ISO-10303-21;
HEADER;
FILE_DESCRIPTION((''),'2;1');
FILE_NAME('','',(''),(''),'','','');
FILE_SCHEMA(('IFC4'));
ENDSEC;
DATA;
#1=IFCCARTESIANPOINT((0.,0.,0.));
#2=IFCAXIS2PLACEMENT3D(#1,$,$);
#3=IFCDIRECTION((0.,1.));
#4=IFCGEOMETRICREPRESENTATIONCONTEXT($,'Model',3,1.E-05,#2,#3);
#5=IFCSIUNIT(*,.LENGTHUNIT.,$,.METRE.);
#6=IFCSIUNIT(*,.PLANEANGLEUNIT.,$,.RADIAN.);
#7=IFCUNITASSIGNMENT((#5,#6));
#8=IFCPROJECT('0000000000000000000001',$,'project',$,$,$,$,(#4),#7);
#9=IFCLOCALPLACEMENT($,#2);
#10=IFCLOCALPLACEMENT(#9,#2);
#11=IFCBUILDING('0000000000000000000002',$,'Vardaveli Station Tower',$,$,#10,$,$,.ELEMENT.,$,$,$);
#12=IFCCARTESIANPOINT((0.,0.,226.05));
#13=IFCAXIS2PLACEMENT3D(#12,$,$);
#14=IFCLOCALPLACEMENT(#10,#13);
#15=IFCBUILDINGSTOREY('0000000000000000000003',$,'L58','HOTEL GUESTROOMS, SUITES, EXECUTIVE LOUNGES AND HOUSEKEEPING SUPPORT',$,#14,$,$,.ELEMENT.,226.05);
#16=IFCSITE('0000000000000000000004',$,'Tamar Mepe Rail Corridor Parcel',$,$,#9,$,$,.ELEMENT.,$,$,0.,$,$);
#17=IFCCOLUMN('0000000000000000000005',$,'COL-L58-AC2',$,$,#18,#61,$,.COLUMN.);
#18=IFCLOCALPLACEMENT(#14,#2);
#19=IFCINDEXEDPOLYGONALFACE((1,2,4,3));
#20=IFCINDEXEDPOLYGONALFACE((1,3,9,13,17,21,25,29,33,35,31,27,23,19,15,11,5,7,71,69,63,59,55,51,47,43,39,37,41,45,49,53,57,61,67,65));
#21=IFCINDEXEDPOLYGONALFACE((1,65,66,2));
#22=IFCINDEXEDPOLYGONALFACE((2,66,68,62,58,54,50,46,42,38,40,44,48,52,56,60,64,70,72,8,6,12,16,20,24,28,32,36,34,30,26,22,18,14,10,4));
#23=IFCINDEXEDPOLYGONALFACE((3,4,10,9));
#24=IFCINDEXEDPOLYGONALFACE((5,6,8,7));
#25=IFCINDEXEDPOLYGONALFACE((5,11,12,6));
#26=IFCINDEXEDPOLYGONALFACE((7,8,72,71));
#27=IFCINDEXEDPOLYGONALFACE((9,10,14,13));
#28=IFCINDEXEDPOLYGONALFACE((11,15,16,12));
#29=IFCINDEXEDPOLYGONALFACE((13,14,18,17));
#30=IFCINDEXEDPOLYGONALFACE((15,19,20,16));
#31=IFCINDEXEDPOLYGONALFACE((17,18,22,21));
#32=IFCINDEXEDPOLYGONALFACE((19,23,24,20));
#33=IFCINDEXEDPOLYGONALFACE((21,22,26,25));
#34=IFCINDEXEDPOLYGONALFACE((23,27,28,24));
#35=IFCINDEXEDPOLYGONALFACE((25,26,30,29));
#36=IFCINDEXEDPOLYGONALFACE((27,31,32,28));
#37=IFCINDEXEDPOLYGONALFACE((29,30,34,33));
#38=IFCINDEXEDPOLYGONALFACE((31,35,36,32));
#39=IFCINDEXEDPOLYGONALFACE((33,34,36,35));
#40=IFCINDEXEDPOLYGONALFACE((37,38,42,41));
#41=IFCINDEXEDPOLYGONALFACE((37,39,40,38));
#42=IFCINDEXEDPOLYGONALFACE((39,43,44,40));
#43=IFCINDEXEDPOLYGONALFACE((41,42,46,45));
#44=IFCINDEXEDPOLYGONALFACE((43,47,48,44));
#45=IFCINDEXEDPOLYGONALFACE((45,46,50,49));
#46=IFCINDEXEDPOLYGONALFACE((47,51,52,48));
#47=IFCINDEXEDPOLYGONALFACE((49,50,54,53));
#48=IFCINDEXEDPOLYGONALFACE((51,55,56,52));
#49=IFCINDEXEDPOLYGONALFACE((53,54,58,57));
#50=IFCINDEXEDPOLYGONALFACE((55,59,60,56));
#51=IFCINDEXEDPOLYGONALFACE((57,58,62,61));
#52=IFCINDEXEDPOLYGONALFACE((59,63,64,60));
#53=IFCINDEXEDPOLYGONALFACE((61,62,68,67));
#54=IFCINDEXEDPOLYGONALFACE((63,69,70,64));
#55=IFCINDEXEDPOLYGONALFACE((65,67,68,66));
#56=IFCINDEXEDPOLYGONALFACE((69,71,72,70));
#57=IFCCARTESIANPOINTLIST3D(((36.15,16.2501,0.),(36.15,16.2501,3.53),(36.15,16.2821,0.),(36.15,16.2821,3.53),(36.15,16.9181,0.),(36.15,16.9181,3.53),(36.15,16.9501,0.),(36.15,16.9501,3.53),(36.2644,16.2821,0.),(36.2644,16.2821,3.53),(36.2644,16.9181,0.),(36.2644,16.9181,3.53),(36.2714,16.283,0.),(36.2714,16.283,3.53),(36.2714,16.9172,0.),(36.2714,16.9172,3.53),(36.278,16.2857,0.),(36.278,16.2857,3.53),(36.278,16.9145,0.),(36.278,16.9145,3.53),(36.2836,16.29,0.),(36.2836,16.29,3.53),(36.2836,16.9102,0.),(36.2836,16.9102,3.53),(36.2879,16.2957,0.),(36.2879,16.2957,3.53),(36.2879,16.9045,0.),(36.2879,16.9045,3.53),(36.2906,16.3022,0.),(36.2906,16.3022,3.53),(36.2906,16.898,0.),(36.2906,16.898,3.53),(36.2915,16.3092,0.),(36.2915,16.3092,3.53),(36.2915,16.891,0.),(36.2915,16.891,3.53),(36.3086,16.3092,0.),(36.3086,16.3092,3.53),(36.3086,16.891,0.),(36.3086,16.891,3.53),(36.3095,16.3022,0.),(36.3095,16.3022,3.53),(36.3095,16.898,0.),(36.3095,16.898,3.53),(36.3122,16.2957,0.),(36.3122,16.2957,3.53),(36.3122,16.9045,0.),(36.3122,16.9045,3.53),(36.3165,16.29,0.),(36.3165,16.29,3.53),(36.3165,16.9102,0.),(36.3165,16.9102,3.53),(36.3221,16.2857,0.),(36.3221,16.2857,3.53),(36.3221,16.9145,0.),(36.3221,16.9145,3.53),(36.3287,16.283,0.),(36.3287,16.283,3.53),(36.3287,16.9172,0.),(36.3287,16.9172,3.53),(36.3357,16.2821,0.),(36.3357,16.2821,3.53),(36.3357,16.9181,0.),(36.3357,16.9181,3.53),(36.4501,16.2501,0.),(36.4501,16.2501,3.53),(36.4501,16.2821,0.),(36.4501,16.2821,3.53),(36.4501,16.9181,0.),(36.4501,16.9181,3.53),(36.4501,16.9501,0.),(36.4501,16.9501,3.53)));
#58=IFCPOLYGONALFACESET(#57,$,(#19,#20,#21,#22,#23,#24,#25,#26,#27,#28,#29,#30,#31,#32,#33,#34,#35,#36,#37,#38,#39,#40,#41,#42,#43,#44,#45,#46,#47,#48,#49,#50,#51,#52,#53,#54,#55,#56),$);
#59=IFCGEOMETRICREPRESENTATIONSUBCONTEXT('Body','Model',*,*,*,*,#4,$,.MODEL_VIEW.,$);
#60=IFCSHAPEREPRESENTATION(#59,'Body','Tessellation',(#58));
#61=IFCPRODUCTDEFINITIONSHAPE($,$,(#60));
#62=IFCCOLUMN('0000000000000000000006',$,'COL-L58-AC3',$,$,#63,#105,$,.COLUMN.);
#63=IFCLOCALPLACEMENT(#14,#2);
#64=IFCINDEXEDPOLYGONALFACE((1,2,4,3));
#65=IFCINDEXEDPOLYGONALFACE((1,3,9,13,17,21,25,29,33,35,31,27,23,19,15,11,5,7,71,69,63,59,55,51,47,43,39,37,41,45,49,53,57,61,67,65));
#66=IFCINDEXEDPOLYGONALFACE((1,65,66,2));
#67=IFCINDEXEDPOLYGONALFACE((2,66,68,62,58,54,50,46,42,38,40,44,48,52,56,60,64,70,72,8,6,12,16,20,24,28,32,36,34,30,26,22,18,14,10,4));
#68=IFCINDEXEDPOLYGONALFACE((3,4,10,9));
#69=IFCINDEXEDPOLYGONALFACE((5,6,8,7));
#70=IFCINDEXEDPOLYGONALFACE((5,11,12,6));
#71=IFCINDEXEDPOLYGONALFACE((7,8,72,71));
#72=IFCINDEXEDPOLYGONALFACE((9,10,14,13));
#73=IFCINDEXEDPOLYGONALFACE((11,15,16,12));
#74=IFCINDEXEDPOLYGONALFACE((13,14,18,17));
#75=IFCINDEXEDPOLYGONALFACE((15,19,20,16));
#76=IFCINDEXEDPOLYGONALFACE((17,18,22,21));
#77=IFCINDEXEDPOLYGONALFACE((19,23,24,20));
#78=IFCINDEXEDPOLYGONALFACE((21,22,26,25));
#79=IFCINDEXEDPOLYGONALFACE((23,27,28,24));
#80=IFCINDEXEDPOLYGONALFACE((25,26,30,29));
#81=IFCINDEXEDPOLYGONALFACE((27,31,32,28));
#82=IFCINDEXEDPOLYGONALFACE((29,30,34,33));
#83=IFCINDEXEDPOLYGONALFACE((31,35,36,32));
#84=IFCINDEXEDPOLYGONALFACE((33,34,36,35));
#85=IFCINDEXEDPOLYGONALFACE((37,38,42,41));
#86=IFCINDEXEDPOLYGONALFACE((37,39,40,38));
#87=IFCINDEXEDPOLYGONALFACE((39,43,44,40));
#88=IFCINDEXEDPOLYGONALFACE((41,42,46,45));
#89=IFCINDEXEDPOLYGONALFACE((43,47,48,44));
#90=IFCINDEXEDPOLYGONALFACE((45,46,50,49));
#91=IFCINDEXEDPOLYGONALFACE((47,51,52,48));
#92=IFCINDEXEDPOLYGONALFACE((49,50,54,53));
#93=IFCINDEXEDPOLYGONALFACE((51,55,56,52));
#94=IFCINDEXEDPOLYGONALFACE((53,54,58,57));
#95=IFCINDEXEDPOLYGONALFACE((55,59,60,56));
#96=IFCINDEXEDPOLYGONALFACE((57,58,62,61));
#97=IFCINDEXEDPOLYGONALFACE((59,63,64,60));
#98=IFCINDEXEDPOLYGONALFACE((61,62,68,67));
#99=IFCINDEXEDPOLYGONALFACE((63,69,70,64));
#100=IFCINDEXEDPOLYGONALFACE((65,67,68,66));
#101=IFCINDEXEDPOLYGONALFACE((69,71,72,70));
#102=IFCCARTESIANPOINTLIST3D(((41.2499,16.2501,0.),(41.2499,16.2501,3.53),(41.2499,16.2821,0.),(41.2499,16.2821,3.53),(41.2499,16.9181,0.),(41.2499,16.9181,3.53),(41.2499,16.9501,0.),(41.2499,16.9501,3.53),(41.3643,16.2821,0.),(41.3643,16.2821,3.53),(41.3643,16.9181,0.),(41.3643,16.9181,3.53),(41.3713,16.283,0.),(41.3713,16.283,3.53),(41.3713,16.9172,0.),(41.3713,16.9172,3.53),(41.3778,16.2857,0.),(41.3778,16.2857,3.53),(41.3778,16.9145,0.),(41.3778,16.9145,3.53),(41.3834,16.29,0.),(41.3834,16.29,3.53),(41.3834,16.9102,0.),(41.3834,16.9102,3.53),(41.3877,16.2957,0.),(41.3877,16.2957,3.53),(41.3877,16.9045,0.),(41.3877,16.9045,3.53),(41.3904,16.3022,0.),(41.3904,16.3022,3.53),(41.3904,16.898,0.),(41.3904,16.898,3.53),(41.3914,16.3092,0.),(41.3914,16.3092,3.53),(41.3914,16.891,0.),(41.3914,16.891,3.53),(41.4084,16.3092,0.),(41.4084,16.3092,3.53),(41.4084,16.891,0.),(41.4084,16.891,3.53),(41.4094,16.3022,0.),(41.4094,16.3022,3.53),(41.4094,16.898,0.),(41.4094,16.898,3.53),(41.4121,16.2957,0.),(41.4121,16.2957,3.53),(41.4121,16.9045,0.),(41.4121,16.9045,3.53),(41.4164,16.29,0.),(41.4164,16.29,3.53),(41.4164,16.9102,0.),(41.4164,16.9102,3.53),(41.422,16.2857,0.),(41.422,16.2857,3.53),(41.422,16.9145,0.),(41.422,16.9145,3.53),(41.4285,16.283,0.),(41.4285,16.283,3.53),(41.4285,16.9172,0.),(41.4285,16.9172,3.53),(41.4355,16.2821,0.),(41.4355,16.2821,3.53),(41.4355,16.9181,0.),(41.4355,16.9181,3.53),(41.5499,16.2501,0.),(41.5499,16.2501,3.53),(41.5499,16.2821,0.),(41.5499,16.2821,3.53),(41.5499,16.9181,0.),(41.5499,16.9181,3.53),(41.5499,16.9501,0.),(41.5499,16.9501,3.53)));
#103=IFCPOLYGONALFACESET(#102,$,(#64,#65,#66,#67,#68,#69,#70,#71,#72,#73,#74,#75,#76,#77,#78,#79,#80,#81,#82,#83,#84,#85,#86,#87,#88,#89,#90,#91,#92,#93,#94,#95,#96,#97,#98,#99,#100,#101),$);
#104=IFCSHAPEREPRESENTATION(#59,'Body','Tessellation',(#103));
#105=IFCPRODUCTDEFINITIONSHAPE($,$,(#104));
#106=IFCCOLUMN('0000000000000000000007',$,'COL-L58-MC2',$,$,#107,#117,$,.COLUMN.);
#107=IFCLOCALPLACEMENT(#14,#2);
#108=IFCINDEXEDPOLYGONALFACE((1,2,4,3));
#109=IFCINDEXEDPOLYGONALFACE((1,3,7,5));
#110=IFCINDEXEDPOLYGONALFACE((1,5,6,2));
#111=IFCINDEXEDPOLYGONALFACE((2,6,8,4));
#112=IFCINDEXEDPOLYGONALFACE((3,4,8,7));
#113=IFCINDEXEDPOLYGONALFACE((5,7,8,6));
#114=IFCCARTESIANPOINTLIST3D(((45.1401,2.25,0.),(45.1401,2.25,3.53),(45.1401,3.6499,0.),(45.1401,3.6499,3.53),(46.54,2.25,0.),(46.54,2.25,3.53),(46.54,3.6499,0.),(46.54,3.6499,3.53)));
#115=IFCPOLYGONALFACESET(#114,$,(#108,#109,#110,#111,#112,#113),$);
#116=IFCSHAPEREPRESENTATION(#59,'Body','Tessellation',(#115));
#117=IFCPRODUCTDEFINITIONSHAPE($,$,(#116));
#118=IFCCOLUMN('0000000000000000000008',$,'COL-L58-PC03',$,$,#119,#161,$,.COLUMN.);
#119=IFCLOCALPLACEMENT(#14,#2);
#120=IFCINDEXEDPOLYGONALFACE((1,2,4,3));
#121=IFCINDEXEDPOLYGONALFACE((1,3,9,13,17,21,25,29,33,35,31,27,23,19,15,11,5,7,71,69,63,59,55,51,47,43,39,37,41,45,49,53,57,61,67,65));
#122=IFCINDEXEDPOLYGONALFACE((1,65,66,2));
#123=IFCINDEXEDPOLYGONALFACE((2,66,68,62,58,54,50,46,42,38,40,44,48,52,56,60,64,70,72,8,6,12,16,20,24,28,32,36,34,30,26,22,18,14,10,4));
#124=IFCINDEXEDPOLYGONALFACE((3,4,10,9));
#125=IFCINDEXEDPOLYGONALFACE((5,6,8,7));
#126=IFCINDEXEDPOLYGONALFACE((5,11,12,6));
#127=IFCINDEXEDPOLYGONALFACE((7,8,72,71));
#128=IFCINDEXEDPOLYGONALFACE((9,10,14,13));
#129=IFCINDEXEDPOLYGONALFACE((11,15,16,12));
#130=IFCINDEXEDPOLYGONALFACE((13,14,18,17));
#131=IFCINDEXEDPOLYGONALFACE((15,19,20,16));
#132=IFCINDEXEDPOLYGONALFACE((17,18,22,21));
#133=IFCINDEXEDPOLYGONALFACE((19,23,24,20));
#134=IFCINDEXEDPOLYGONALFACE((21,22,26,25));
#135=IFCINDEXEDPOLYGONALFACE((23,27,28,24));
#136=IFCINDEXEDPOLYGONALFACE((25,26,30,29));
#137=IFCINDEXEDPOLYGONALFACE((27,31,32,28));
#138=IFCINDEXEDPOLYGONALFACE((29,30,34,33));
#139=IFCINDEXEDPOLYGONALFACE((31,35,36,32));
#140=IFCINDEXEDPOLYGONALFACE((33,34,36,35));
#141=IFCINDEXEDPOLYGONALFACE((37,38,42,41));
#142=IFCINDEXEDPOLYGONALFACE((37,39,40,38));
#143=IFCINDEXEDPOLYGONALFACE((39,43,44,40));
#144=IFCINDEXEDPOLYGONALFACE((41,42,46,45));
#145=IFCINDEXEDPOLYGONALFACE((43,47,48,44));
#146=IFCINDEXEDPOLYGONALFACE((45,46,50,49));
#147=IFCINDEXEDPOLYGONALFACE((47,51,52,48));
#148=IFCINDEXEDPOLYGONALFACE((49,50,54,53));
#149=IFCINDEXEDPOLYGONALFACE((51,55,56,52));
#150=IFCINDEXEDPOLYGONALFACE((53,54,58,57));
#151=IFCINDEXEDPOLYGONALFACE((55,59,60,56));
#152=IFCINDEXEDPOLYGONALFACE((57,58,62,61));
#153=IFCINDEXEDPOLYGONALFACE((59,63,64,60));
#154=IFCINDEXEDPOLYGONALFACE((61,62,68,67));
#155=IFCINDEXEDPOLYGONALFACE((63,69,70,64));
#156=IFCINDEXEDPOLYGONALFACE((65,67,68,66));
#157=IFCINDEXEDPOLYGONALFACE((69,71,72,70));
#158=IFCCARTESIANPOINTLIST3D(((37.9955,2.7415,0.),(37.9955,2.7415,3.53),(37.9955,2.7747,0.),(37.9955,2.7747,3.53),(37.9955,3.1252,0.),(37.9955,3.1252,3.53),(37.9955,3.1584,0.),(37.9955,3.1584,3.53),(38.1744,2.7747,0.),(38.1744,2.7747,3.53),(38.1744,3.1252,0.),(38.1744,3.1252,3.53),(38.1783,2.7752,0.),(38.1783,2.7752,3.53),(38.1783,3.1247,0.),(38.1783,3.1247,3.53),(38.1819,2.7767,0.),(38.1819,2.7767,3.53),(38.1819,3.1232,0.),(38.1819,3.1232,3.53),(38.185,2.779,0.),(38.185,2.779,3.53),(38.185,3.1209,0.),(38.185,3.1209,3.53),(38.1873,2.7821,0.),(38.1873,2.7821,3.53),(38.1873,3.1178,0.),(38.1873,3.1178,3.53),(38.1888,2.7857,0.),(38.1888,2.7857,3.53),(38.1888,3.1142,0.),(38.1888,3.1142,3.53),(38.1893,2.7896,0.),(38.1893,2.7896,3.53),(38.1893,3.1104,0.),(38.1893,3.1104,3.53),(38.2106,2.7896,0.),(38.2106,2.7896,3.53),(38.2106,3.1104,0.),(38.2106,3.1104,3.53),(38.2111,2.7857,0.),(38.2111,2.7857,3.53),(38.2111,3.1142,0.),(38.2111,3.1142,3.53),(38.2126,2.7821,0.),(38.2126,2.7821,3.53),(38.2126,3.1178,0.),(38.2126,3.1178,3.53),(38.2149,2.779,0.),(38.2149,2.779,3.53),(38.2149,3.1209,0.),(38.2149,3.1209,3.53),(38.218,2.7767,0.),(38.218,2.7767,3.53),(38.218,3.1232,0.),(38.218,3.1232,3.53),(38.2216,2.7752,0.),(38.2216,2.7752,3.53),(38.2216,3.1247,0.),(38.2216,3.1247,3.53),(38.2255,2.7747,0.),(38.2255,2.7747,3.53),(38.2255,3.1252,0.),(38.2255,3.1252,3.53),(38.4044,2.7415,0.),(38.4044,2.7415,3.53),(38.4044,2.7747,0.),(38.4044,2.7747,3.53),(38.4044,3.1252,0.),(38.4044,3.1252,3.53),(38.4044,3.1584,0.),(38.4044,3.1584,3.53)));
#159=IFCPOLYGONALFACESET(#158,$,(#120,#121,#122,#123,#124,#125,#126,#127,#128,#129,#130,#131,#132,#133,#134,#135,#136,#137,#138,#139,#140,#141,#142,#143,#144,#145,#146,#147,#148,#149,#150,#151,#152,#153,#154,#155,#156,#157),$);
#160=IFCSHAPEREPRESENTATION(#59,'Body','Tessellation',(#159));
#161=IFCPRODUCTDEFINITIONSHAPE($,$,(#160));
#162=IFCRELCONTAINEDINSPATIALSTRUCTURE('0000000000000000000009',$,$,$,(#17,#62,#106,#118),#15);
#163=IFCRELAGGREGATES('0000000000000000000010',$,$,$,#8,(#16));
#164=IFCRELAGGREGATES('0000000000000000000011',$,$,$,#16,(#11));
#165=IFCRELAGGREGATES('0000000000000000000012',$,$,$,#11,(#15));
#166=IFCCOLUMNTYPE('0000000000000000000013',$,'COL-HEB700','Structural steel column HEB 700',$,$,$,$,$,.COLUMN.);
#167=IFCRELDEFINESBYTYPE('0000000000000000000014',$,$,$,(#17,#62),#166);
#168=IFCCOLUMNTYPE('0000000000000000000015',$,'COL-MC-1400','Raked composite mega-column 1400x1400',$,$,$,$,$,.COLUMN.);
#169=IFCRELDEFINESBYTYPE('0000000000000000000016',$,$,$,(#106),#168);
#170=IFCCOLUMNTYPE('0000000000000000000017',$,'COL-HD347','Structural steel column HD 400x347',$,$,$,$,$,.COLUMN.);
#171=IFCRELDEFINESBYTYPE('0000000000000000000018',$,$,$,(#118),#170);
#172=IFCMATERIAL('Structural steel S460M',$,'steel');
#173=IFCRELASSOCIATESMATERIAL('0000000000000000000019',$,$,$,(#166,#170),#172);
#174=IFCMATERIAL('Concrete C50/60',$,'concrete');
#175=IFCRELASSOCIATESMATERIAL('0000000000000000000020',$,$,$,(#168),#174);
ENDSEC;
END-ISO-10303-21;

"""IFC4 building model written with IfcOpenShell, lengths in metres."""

from ifc_helpers import new_model, si_unit, direction, frame, origin, origin_2d, place, context, subcontext, project, spatial, rectangle, i_section, extrude, source, transform, mapped, material, material_profile, profile_set, type_object, element, save


model = new_model("IFC4")

# Units and contexts
model_context = context("Model", 3, precision=1e-05, world=origin(), true_north=direction((0.0, 1.0)))
body_context = subcontext(model_context, "Body", "Model", "MODEL_VIEW")
ifc_project = project(units=[si_unit("LENGTHUNIT", "METRE"), si_unit("PLANEANGLEUNIT", "RADIAN")], contexts=[model_context])

# Site, building, storey
site_placement = place(None, origin())
site = spatial("IfcSite", under=ifc_project, at=site_placement, Name="Tamar Mepe Rail Corridor Parcel", CompositionType="ELEMENT", RefElevation=0.0)
building_placement = place(site_placement, origin())
building = spatial("IfcBuilding", under=site, at=building_placement, Name="Vardaveli Station Tower", CompositionType="ELEMENT")
storey_placement = place(building_placement, frame((0.0, 0.0, 226.05)))
storey = spatial("IfcBuildingStorey", under=building, at=storey_placement, Name="L58", Description="HOTEL GUESTROOMS, SUITES, EXECUTIVE LOUNGES AND HOUSEKEEPING SUPPORT", CompositionType="ELEMENT", Elevation=226.05)

# Columns
ifc_material_1 = material(Name="Structural steel S460M", Category="steel")
ifc_material_profile_1 = material_profile(ifc_material_1, i_section(OverallWidth=0.3, OverallDepth=0.7, WebThickness=0.0171, FlangeThickness=0.032, FilletRadius=0.0271, at=origin_2d()), Name="HEB 700")
ifc_profile_set_1 = profile_set([ifc_material_profile_1], Name="Structural steel S460M")
column_type_1 = type_object("IfcColumnType", Name="COL-HEB700", Description="Structural steel column HEB 700", PredefinedType="COLUMN", material=ifc_profile_set_1)
shared_shape_1 = source(origin(), body_context, "Body", "SweptSolid", [
    extrude(i_section(OverallWidth=0.3, OverallDepth=0.7, WebThickness=0.0171, FlangeThickness=0.032, FilletRadius=0.0271, at=origin_2d()), origin(), (0.0, 0.0, 1.0), 3.53),
])
for number, where, z_axis, x_axis, name in (
    (1, (36.3, 16.6001, 0.0), (0.0, 0.0, 1.0), (1.0, 0.0, 0.0), "COL-L58-AC2"),
    (2, (41.3999, 16.6001, 0.0), (0.0, 0.0, 1.0), (1.0, 0.0, 0.0), "COL-L58-AC3"),
):
    element("IfcColumn", number, at=place(storey_placement, frame(where, z_axis=z_axis, x_axis=x_axis)), inside=storey, type_object=column_type_1, Name=name, PredefinedType="COLUMN", context=body_context, shape_type="MappedRepresentation", body=[
        mapped(shared_shape_1, transform((0.0, 0.0, 0.0), scale=1.0)),
    ])
ifc_material_2 = material(Name="Concrete C50/60", Category="concrete")
ifc_material_profile_2 = material_profile(ifc_material_2, rectangle(XDim=1.3999, YDim=1.3999, at=origin_2d()), Name="MC 1400x1400")
ifc_profile_set_2 = profile_set([ifc_material_profile_2], Name="Concrete C50/60")
column_type_2 = type_object("IfcColumnType", Name="COL-MC-1400", Description="Raked composite mega-column 1400x1400", PredefinedType="COLUMN", material=ifc_profile_set_2)
shared_shape_2 = source(origin(), body_context, "Body", "SweptSolid", [
    extrude(rectangle(XDim=1.3999, YDim=1.3999, at=origin_2d()), origin(), (0.0, 0.0, 1.0), 3.53),
])
column_1_placement = place(storey_placement, frame((45.8401, 2.95, 0.0), z_axis=(0.0, 0.0, 1.0), x_axis=(1.0, 0.0, 0.0)))
element("IfcColumn", 3, at=column_1_placement, inside=storey, type_object=column_type_2, Name="COL-L58-MC2", PredefinedType="COLUMN", context=body_context, shape_type="MappedRepresentation", body=[
    mapped(shared_shape_2, transform((0.0, 0.0, 0.0), scale=1.0)),
])
ifc_material_profile_3 = material_profile(ifc_material_1, i_section(OverallWidth=0.4089, OverallDepth=0.417, WebThickness=0.0212, FlangeThickness=0.0332, FilletRadius=0.0149, at=origin_2d()), Name="HD 400x347")
ifc_profile_set_3 = profile_set([ifc_material_profile_3], Name="Structural steel S460M")
column_type_3 = type_object("IfcColumnType", Name="COL-HD347", Description="Structural steel column HD 400x347", PredefinedType="COLUMN", material=ifc_profile_set_3)
shared_shape_3 = source(origin(), body_context, "Body", "SweptSolid", [
    extrude(i_section(OverallWidth=0.4089, OverallDepth=0.417, WebThickness=0.0212, FlangeThickness=0.0332, FilletRadius=0.0149, at=origin_2d()), origin(), (0.0, 0.0, 1.0), 3.53),
])
column_2_placement = place(storey_placement, frame((38.2, 2.95, 0.0), z_axis=(0.0, 0.0, 1.0), x_axis=(1.0, 0.0, 0.0)))
element("IfcColumn", 4, at=column_2_placement, inside=storey, type_object=column_type_3, Name="COL-L58-PC03", PredefinedType="COLUMN", context=body_context, shape_type="MappedRepresentation", body=[
    mapped(shared_shape_3, transform((0.0, 0.0, 0.0), scale=1.0)),
])

save(model, "model.ifc")
